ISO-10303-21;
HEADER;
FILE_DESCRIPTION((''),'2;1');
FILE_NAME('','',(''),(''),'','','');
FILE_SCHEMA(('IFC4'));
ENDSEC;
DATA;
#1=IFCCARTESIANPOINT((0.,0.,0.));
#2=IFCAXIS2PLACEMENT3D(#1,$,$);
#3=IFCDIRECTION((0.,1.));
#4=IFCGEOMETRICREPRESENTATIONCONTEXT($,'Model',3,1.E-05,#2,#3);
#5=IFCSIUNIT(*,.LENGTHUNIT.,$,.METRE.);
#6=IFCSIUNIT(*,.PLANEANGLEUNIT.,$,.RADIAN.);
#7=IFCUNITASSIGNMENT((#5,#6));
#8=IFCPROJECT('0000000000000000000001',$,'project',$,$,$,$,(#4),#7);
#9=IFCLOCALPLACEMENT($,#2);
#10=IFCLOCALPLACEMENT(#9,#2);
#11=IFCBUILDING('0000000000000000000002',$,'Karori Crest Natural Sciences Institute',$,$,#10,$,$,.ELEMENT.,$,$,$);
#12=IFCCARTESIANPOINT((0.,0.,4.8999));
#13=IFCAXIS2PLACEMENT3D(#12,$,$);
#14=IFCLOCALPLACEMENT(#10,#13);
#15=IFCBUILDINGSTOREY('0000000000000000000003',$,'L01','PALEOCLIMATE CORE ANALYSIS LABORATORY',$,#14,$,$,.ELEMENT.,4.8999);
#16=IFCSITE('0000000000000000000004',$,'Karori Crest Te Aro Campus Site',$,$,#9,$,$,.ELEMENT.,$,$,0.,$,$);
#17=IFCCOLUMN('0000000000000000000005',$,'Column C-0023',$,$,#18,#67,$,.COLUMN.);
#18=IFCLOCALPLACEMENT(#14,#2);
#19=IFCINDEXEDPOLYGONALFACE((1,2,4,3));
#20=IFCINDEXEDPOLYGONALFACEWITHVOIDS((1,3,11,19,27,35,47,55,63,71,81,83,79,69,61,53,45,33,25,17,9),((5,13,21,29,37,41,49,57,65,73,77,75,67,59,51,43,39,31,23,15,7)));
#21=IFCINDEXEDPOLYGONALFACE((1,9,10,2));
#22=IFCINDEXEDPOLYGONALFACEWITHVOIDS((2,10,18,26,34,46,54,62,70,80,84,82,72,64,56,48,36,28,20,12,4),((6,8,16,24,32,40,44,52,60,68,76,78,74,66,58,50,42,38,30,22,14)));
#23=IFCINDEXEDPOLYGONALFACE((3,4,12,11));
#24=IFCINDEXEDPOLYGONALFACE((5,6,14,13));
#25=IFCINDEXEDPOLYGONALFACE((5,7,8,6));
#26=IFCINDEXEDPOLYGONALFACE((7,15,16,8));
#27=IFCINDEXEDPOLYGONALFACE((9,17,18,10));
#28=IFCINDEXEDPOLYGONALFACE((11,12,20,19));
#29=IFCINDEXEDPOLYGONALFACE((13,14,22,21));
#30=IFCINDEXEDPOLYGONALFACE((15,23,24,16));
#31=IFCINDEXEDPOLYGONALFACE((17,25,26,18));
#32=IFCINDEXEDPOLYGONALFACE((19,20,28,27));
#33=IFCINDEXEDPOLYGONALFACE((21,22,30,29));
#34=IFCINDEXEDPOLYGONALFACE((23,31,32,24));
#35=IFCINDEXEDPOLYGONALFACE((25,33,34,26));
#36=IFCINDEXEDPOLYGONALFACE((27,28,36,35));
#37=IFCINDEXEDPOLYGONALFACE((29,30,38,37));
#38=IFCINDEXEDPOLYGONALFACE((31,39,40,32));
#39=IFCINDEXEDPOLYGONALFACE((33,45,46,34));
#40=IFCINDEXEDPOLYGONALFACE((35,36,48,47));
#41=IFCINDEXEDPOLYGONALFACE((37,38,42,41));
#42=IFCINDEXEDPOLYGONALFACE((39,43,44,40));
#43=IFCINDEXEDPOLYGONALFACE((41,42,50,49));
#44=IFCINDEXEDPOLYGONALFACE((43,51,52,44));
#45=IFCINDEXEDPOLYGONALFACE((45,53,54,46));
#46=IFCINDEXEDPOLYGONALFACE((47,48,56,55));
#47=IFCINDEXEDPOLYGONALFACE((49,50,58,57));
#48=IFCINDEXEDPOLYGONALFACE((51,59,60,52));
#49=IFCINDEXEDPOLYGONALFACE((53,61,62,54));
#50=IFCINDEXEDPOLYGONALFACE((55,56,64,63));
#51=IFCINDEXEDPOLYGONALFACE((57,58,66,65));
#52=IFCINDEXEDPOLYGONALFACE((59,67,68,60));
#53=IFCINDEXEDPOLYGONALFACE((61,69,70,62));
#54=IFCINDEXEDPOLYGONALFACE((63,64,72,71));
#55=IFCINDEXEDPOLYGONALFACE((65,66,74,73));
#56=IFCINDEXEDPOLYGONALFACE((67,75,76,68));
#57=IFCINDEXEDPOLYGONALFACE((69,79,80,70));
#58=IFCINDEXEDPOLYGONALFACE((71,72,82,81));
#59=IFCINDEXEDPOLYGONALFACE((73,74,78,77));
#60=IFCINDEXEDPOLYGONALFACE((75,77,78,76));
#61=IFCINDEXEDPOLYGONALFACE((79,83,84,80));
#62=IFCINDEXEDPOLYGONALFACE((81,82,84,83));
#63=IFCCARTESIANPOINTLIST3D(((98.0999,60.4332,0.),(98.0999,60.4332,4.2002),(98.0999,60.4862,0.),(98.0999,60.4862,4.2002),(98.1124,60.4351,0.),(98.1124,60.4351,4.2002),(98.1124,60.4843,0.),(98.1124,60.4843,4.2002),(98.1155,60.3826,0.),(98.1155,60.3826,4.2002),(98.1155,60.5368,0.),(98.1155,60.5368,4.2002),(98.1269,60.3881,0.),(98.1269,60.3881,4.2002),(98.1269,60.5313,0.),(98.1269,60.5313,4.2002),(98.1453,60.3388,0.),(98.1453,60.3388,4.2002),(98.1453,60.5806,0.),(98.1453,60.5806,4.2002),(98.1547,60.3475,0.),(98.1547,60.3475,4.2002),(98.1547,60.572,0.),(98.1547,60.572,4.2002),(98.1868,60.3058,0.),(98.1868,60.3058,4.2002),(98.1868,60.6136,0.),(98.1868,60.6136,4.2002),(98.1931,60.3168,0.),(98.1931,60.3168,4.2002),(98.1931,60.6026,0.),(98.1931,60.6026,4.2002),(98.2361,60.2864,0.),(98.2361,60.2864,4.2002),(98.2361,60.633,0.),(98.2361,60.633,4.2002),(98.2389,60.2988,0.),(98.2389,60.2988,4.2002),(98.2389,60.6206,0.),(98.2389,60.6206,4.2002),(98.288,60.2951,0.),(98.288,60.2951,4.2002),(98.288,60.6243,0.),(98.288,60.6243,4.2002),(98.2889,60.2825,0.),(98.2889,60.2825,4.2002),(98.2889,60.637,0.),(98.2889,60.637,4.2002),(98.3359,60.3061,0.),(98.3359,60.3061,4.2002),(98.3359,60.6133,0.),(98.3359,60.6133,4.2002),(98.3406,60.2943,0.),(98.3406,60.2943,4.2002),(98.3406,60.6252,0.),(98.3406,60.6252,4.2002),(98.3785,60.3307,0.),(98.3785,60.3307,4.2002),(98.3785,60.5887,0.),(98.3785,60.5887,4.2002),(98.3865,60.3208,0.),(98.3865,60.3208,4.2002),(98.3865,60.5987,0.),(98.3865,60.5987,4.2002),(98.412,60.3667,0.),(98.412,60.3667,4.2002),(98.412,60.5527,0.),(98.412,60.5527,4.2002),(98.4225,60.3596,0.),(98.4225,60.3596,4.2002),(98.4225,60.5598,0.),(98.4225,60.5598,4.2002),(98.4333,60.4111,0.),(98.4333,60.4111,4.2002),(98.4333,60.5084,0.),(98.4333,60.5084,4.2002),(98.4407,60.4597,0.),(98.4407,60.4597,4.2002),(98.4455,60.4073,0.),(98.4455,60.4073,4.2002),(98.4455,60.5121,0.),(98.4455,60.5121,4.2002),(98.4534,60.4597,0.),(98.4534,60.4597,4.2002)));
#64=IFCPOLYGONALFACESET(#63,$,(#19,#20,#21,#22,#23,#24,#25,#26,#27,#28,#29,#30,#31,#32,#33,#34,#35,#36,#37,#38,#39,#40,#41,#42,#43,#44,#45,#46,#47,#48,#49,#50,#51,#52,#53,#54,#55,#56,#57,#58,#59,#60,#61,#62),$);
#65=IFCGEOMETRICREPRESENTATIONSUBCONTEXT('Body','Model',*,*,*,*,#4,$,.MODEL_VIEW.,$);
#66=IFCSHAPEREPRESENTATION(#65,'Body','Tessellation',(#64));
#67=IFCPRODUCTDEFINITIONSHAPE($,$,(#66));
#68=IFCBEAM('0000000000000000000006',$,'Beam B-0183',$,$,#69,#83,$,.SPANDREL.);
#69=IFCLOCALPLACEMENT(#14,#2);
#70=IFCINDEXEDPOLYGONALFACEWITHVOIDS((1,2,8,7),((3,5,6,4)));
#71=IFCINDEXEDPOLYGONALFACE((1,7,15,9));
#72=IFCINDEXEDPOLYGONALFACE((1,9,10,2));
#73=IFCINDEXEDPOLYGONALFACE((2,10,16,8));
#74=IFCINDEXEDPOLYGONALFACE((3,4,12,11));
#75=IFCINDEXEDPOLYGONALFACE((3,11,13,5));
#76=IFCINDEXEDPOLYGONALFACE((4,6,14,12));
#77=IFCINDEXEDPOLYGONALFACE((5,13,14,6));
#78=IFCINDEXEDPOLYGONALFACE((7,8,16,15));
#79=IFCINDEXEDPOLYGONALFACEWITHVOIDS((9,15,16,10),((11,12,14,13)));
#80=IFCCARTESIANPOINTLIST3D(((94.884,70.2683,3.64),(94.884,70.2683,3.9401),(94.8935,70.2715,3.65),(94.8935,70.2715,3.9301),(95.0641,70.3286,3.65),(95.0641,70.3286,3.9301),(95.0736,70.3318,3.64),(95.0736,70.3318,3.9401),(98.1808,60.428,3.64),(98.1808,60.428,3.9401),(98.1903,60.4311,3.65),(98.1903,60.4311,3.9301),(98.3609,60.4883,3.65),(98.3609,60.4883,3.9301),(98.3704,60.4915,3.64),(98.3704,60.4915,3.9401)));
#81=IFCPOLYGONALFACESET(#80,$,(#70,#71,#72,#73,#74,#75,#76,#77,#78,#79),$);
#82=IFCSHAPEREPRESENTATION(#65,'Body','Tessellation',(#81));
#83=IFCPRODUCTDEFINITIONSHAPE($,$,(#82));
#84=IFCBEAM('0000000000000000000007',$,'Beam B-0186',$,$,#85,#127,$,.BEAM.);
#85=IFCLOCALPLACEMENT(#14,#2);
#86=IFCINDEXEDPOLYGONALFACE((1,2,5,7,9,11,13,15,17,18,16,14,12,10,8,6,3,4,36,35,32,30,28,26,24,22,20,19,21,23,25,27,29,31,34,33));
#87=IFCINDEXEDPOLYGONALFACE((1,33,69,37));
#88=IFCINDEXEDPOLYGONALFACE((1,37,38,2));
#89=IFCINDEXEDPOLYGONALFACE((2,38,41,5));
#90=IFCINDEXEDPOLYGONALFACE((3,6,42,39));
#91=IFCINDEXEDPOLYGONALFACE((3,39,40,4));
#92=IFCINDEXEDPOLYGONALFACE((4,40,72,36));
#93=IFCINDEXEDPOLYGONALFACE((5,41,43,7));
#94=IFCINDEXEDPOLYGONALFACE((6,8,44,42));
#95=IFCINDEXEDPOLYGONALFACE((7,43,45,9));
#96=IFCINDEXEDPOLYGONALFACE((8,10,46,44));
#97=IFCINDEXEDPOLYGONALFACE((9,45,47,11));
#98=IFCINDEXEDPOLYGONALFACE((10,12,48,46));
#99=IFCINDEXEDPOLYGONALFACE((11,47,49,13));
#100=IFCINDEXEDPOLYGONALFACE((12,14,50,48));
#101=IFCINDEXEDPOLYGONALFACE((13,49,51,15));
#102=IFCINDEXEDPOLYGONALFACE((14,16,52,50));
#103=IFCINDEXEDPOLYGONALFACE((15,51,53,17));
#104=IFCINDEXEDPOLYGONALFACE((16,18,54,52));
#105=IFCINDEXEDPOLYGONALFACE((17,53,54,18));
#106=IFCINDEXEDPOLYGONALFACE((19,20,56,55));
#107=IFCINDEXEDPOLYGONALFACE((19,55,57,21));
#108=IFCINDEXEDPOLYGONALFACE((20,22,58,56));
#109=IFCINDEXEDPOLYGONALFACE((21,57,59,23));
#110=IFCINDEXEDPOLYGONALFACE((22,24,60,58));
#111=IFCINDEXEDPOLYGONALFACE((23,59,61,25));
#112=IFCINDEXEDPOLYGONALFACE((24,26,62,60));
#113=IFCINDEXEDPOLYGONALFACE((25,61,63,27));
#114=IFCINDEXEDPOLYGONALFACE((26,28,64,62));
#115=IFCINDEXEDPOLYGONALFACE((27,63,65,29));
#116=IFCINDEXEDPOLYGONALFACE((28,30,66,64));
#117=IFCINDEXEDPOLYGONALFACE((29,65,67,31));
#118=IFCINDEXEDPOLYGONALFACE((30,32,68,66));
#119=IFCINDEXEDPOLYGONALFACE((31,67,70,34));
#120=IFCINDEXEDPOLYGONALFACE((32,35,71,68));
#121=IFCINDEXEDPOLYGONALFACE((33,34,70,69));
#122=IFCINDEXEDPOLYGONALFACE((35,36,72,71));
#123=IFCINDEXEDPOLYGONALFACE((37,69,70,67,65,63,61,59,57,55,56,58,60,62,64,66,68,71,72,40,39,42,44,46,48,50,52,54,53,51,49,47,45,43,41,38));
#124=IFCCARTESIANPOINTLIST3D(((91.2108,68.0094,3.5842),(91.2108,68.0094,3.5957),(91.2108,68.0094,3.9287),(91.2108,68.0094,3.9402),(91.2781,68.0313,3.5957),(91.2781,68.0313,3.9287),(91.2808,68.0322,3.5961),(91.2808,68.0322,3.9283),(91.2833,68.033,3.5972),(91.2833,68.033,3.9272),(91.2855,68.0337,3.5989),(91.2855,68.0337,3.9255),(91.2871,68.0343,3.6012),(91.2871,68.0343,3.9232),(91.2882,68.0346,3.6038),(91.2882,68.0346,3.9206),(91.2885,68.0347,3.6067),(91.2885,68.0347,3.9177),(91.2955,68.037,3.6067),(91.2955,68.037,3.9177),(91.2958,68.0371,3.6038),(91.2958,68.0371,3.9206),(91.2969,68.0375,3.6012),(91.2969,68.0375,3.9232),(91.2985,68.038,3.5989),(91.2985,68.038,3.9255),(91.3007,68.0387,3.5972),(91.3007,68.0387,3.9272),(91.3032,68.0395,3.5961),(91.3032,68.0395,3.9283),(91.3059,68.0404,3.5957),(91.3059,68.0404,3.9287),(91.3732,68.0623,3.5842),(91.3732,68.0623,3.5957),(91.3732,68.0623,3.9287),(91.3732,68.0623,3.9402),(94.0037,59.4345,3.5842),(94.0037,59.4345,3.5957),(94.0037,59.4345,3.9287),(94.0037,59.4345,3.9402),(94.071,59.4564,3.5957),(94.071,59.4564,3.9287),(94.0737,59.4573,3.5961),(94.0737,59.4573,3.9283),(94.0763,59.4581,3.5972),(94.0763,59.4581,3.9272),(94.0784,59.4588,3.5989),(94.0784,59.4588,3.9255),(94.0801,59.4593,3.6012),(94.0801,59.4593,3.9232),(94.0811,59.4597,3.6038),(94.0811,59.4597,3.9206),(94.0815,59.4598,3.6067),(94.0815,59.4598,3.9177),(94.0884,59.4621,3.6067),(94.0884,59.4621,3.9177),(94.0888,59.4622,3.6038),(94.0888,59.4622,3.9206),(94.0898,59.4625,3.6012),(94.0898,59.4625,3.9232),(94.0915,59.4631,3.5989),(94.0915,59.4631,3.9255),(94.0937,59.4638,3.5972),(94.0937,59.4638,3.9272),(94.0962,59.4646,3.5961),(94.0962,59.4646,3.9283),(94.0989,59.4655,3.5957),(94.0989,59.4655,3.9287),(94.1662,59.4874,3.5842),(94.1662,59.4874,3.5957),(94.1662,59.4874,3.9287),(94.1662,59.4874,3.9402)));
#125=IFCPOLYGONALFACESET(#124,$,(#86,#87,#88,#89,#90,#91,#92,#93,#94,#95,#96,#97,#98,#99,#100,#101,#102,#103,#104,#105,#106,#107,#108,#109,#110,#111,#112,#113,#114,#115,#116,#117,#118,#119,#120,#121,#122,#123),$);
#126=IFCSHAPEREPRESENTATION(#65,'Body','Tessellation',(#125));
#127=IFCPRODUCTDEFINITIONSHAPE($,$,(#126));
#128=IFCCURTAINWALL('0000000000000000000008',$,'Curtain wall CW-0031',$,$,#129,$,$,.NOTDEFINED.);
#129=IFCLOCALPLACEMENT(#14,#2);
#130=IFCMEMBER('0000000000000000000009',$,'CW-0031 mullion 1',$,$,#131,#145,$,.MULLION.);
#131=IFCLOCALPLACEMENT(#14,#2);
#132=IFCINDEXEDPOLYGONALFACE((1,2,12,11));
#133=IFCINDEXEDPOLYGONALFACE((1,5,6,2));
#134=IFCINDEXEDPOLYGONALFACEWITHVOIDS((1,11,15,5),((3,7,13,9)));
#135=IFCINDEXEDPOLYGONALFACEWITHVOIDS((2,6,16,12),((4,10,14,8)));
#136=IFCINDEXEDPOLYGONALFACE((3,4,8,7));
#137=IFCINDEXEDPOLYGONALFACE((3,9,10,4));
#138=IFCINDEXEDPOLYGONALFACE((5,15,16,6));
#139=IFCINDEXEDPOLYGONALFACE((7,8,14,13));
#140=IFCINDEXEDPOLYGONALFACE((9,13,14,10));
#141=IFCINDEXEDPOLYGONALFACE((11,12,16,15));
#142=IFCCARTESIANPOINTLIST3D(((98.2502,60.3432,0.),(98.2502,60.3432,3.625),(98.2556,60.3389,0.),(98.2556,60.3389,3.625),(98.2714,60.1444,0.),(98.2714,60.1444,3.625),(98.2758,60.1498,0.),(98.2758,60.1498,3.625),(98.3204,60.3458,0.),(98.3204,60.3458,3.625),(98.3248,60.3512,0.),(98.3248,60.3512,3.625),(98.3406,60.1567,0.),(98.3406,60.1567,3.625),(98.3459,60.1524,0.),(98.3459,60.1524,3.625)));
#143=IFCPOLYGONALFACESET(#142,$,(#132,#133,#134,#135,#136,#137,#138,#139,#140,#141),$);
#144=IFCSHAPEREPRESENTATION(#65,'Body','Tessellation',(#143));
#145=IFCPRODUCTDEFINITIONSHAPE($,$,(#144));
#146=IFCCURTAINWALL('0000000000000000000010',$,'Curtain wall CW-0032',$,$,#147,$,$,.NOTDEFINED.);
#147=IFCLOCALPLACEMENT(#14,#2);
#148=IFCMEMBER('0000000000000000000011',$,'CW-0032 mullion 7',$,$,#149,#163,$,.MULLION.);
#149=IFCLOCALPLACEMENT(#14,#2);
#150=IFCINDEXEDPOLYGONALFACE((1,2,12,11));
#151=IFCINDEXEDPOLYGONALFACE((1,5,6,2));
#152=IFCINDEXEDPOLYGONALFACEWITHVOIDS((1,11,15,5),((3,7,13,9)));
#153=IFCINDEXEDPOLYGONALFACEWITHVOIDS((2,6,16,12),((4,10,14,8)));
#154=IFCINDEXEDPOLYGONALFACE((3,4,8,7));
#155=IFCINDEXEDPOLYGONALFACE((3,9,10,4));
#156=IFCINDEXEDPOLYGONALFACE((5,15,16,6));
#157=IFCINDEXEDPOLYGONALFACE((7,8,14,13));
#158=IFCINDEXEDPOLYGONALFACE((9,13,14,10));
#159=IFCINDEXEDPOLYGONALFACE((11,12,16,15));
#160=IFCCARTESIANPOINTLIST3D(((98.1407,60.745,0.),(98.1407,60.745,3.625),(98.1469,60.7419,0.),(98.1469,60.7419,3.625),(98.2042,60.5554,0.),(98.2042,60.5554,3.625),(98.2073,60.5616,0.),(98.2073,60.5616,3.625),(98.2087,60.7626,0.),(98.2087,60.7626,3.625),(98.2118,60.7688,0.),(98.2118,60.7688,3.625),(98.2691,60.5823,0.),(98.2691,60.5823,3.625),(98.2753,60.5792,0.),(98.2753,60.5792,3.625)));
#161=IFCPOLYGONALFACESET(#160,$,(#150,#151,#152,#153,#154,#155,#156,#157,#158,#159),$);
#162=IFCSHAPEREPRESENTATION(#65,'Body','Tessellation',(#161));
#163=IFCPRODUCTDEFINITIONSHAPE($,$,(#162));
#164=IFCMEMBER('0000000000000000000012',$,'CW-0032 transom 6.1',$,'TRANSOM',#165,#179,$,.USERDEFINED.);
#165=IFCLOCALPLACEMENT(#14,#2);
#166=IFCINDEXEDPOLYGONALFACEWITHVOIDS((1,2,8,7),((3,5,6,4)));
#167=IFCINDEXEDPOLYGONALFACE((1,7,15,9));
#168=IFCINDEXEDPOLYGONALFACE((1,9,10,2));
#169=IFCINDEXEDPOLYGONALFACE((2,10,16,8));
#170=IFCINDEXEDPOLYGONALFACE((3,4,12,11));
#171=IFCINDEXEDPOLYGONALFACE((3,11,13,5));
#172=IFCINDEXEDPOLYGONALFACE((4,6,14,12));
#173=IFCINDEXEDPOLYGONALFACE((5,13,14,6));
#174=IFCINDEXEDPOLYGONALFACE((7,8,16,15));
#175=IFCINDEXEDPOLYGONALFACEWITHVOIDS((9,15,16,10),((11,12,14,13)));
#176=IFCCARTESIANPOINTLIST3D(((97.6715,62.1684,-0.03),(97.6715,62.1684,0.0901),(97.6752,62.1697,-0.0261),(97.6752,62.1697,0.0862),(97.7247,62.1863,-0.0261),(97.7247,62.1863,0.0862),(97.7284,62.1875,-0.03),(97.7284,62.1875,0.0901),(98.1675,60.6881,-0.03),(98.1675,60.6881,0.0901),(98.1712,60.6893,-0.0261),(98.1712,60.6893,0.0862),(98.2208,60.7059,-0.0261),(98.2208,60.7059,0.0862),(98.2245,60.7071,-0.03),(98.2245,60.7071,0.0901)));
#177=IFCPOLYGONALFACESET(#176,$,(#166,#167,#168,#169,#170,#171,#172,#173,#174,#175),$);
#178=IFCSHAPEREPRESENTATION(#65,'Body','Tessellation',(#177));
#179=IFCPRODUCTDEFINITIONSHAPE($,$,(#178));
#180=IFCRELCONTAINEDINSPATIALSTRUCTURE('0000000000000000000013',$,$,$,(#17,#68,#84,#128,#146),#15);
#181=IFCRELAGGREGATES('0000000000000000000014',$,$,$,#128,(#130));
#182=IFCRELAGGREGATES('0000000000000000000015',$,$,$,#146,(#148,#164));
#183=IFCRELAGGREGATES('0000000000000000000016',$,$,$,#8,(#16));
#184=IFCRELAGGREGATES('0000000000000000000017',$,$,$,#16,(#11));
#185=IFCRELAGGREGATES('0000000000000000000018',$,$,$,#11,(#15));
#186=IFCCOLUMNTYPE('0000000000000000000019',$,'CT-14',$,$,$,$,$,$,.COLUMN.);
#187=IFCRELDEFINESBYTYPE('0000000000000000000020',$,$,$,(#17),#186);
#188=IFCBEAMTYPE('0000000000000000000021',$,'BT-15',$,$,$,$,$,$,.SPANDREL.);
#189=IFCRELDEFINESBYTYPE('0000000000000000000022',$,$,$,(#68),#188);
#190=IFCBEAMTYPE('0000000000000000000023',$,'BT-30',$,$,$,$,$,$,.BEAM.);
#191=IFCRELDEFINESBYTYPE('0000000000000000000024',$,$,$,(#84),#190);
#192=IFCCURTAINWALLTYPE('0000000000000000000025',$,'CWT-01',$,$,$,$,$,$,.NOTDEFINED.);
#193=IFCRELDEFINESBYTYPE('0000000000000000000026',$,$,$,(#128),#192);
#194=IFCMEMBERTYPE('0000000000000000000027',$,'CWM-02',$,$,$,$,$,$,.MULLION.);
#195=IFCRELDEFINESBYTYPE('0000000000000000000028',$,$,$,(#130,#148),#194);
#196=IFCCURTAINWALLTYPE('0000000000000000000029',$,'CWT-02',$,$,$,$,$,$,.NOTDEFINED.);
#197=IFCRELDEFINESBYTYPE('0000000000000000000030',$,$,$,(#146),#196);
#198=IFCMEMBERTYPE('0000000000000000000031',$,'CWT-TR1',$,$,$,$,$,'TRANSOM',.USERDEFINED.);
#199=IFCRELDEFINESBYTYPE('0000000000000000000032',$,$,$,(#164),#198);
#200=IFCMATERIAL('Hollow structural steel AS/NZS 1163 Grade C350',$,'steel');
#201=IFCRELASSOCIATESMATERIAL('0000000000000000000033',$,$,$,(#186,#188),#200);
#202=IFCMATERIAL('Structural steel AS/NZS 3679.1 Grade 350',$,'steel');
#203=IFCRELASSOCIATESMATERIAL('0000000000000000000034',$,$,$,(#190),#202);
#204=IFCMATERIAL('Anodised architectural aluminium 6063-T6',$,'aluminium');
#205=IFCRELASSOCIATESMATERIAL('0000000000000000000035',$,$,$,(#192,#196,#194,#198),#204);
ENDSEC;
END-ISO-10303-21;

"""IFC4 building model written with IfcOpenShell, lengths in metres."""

from ifc_helpers import new_model, si_unit, direction, frame, origin, origin_2d, place, context, subcontext, project, spatial, hollow_rectangle, hollow_circle, i_section, extrude, material, material_profile, profile_set, type_object, element, aggregate, save


model = new_model("IFC4")

# Units and contexts
model_context = context("Model", 3, precision=1e-05, world=origin(), true_north=direction((0.0, 1.0)))
body_context = subcontext(model_context, "Body", "Model", "MODEL_VIEW")
ifc_project = project(units=[si_unit("LENGTHUNIT", "METRE"), si_unit("PLANEANGLEUNIT", "RADIAN")], contexts=[model_context])

# Site, building, storey
site_placement = place(None, origin())
site = spatial("IfcSite", under=ifc_project, at=site_placement, Name="Karori Crest Te Aro Campus Site", CompositionType="ELEMENT", RefElevation=0.0)
building_placement = place(site_placement, origin())
building = spatial("IfcBuilding", under=site, at=building_placement, Name="Karori Crest Natural Sciences Institute", CompositionType="ELEMENT")
storey_placement = place(building_placement, frame((0.0, 0.0, 4.8999)))
storey = spatial("IfcBuildingStorey", under=building, at=storey_placement, Name="L01", Description="PALEOCLIMATE CORE ANALYSIS LABORATORY", CompositionType="ELEMENT", Elevation=4.8999)

# Column
ifc_material_1 = material(Name="Hollow structural steel AS/NZS 1163 Grade C350", Category="steel")
ifc_material_profile_1 = material_profile(ifc_material_1, hollow_circle(Radius=0.1777, WallThickness=0.0127, at=origin_2d()), Name="CHS355.6x12.7")
ifc_profile_set_1 = profile_set([ifc_material_profile_1], Name="Hollow structural steel AS/NZS 1163 Grade C350")
column_type = type_object("IfcColumnType", Name="CT-14", PredefinedType="COLUMN", material=ifc_profile_set_1)
column_placement = place(storey_placement, frame((98.2756, 60.4597, 0.0), z_axis=(0.0, 0.0, 1.0), x_axis=(1.0, 0.0, 0.0)))
element("IfcColumn", 1, at=column_placement, inside=storey, type_object=column_type, Name="Column C-0023", PredefinedType="COLUMN", context=body_context, shape_type="SweptSolid", body=[
    extrude(hollow_circle(Radius=0.1777, WallThickness=0.0127, at=origin_2d()), origin(), (0.0, 0.0, 1.0), 4.2002),
])

# Beams
ifc_material_profile_2 = material_profile(ifc_material_1, hollow_rectangle(XDim=0.2, YDim=0.3, WallThickness=0.01, at=origin_2d()), Name="RHS300x200x10")
ifc_profile_set_2 = profile_set([ifc_material_profile_2], Name="Hollow structural steel AS/NZS 1163 Grade C350")
beam_type_1 = type_object("IfcBeamType", Name="BT-15", PredefinedType="SPANDREL", material=ifc_profile_set_2)
beam_1_placement = place(storey_placement, frame((98.2756, 60.4597, 3.79), z_axis=(-0.317681, 0.948198, 0.0), x_axis=(-0.948198, -0.317681, 0.0)))
element("IfcBeam", 2, at=beam_1_placement, inside=storey, type_object=beam_type_1, Name="Beam B-0183", PredefinedType="SPANDREL", context=body_context, shape_type="SweptSolid", body=[
    extrude(hollow_rectangle(XDim=0.2, YDim=0.3, WallThickness=0.01, at=origin_2d()), origin(), (0.0, 0.0, 1.0), 10.3779),
])
ifc_material_2 = material(Name="Structural steel AS/NZS 3679.1 Grade 350", Category="steel")
ifc_material_profile_3 = material_profile(ifc_material_2, i_section(OverallWidth=0.1709, OverallDepth=0.356, WebThickness=0.0073, FlangeThickness=0.0115, FilletRadius=0.011, at=origin_2d()), Name="360UB50.7")
ifc_profile_set_3 = profile_set([ifc_material_profile_3], Name="Structural steel AS/NZS 3679.1 Grade 350")
beam_type_2 = type_object("IfcBeamType", Name="BT-30", PredefinedType="BEAM", material=ifc_profile_set_3)
beam_2_placement = place(storey_placement, frame((94.085, 59.4609, 3.7622), z_axis=(-0.309699, 0.950835, 0.0), x_axis=(-0.950835, -0.309699, 0.0)))
element("IfcBeam", 3, at=beam_2_placement, inside=storey, type_object=beam_type_2, Name="Beam B-0186", PredefinedType="BEAM", context=body_context, shape_type="SweptSolid", body=[
    extrude(i_section(OverallWidth=0.1709, OverallDepth=0.356, WebThickness=0.0073, FlangeThickness=0.0115, FilletRadius=0.011, at=origin_2d()), origin(), (0.0, 0.0, 1.0), 9.0183),
])

# Curtain wall, member
ifc_material_3 = material(Name="Anodised architectural aluminium 6063-T6", Category="aluminium")
curtain_wall_type_1 = type_object("IfcCurtainWallType", Name="CWT-01", PredefinedType="NOTDEFINED", material=ifc_material_3)
curtain_wall_1_placement = place(storey_placement, origin())
curtain_wall_1 = element("IfcCurtainWall", 4, at=curtain_wall_1_placement, inside=storey, type_object=curtain_wall_type_1, Name="Curtain wall CW-0031", PredefinedType="NOTDEFINED")
ifc_material_profile_4 = material_profile(ifc_material_3, hollow_rectangle(XDim=0.075, YDim=0.2, WallThickness=0.0049, at=origin_2d()), Name="CWM200x75x5")
ifc_profile_set_4 = profile_set([ifc_material_profile_4], Name="Anodised architectural aluminium 6063-T6")
member_type_1 = type_object("IfcMemberType", Name="CWM-02", PredefinedType="MULLION", material=ifc_profile_set_4)
member_1_placement = place(storey_placement, frame((98.2981, 60.2478, 0.0), z_axis=(0.0, 0.0, 1.0), x_axis=(0.994379, 0.105882, 0.0)))
member_1 = element("IfcMember", 5, at=member_1_placement, type_object=member_type_1, Name="CW-0031 mullion 1", PredefinedType="MULLION", context=body_context, shape_type="SweptSolid", body=[
    extrude(hollow_rectangle(XDim=0.075, YDim=0.2, WallThickness=0.0049, at=origin_2d()), origin(), (0.0, 0.0, 1.0), 3.625),
])

# Curtain wall, members
curtain_wall_type_2 = type_object("IfcCurtainWallType", Name="CWT-02", PredefinedType="NOTDEFINED", material=ifc_material_3)
curtain_wall_2_placement = place(storey_placement, origin())
curtain_wall_2 = element("IfcCurtainWall", 6, at=curtain_wall_2_placement, inside=storey, type_object=curtain_wall_type_2, Name="Curtain wall CW-0032", PredefinedType="NOTDEFINED")
member_2_placement = place(storey_placement, frame((98.208, 60.6621, 0.0), z_axis=(0.0, 0.0, 1.0), x_axis=(0.948196, 0.317685, 0.0)))
member_2 = element("IfcMember", 7, at=member_2_placement, type_object=member_type_1, Name="CW-0032 mullion 7", PredefinedType="MULLION", context=body_context, shape_type="SweptSolid", body=[
    extrude(hollow_rectangle(XDim=0.075, YDim=0.2, WallThickness=0.0049, at=origin_2d()), origin(), (0.0, 0.0, 1.0), 3.625),
])
ifc_material_profile_5 = material_profile(ifc_material_3, hollow_rectangle(XDim=0.0601, YDim=0.1201, WallThickness=0.0039, at=origin_2d()), Name="CWT120x60x4")
ifc_profile_set_5 = profile_set([ifc_material_profile_5], Name="Anodised architectural aluminium 6063-T6")
member_type_2 = type_object("IfcMemberType", Name="CWT-TR1", ElementType="TRANSOM", PredefinedType="USERDEFINED", material=ifc_profile_set_5)
member_3_placement = place(storey_placement, frame((97.7, 62.178, 0.03), z_axis=(0.317728, -0.948182, 0.0), x_axis=(0.948182, 0.317728, 0.0)))
member_3 = element("IfcMember", 8, at=member_3_placement, type_object=member_type_2, Name="CW-0032 transom 6.1", ObjectType="TRANSOM", PredefinedType="USERDEFINED", context=body_context, shape_type="SweptSolid", body=[
    extrude(hollow_rectangle(XDim=0.0601, YDim=0.1201, WallThickness=0.0039, at=origin_2d()), origin(), (0.0, 0.0, 1.0), 1.5613),
])

aggregate(curtain_wall_1, [member_1])

aggregate(curtain_wall_2, [member_2, member_3])

save(model, "model.ifc")
